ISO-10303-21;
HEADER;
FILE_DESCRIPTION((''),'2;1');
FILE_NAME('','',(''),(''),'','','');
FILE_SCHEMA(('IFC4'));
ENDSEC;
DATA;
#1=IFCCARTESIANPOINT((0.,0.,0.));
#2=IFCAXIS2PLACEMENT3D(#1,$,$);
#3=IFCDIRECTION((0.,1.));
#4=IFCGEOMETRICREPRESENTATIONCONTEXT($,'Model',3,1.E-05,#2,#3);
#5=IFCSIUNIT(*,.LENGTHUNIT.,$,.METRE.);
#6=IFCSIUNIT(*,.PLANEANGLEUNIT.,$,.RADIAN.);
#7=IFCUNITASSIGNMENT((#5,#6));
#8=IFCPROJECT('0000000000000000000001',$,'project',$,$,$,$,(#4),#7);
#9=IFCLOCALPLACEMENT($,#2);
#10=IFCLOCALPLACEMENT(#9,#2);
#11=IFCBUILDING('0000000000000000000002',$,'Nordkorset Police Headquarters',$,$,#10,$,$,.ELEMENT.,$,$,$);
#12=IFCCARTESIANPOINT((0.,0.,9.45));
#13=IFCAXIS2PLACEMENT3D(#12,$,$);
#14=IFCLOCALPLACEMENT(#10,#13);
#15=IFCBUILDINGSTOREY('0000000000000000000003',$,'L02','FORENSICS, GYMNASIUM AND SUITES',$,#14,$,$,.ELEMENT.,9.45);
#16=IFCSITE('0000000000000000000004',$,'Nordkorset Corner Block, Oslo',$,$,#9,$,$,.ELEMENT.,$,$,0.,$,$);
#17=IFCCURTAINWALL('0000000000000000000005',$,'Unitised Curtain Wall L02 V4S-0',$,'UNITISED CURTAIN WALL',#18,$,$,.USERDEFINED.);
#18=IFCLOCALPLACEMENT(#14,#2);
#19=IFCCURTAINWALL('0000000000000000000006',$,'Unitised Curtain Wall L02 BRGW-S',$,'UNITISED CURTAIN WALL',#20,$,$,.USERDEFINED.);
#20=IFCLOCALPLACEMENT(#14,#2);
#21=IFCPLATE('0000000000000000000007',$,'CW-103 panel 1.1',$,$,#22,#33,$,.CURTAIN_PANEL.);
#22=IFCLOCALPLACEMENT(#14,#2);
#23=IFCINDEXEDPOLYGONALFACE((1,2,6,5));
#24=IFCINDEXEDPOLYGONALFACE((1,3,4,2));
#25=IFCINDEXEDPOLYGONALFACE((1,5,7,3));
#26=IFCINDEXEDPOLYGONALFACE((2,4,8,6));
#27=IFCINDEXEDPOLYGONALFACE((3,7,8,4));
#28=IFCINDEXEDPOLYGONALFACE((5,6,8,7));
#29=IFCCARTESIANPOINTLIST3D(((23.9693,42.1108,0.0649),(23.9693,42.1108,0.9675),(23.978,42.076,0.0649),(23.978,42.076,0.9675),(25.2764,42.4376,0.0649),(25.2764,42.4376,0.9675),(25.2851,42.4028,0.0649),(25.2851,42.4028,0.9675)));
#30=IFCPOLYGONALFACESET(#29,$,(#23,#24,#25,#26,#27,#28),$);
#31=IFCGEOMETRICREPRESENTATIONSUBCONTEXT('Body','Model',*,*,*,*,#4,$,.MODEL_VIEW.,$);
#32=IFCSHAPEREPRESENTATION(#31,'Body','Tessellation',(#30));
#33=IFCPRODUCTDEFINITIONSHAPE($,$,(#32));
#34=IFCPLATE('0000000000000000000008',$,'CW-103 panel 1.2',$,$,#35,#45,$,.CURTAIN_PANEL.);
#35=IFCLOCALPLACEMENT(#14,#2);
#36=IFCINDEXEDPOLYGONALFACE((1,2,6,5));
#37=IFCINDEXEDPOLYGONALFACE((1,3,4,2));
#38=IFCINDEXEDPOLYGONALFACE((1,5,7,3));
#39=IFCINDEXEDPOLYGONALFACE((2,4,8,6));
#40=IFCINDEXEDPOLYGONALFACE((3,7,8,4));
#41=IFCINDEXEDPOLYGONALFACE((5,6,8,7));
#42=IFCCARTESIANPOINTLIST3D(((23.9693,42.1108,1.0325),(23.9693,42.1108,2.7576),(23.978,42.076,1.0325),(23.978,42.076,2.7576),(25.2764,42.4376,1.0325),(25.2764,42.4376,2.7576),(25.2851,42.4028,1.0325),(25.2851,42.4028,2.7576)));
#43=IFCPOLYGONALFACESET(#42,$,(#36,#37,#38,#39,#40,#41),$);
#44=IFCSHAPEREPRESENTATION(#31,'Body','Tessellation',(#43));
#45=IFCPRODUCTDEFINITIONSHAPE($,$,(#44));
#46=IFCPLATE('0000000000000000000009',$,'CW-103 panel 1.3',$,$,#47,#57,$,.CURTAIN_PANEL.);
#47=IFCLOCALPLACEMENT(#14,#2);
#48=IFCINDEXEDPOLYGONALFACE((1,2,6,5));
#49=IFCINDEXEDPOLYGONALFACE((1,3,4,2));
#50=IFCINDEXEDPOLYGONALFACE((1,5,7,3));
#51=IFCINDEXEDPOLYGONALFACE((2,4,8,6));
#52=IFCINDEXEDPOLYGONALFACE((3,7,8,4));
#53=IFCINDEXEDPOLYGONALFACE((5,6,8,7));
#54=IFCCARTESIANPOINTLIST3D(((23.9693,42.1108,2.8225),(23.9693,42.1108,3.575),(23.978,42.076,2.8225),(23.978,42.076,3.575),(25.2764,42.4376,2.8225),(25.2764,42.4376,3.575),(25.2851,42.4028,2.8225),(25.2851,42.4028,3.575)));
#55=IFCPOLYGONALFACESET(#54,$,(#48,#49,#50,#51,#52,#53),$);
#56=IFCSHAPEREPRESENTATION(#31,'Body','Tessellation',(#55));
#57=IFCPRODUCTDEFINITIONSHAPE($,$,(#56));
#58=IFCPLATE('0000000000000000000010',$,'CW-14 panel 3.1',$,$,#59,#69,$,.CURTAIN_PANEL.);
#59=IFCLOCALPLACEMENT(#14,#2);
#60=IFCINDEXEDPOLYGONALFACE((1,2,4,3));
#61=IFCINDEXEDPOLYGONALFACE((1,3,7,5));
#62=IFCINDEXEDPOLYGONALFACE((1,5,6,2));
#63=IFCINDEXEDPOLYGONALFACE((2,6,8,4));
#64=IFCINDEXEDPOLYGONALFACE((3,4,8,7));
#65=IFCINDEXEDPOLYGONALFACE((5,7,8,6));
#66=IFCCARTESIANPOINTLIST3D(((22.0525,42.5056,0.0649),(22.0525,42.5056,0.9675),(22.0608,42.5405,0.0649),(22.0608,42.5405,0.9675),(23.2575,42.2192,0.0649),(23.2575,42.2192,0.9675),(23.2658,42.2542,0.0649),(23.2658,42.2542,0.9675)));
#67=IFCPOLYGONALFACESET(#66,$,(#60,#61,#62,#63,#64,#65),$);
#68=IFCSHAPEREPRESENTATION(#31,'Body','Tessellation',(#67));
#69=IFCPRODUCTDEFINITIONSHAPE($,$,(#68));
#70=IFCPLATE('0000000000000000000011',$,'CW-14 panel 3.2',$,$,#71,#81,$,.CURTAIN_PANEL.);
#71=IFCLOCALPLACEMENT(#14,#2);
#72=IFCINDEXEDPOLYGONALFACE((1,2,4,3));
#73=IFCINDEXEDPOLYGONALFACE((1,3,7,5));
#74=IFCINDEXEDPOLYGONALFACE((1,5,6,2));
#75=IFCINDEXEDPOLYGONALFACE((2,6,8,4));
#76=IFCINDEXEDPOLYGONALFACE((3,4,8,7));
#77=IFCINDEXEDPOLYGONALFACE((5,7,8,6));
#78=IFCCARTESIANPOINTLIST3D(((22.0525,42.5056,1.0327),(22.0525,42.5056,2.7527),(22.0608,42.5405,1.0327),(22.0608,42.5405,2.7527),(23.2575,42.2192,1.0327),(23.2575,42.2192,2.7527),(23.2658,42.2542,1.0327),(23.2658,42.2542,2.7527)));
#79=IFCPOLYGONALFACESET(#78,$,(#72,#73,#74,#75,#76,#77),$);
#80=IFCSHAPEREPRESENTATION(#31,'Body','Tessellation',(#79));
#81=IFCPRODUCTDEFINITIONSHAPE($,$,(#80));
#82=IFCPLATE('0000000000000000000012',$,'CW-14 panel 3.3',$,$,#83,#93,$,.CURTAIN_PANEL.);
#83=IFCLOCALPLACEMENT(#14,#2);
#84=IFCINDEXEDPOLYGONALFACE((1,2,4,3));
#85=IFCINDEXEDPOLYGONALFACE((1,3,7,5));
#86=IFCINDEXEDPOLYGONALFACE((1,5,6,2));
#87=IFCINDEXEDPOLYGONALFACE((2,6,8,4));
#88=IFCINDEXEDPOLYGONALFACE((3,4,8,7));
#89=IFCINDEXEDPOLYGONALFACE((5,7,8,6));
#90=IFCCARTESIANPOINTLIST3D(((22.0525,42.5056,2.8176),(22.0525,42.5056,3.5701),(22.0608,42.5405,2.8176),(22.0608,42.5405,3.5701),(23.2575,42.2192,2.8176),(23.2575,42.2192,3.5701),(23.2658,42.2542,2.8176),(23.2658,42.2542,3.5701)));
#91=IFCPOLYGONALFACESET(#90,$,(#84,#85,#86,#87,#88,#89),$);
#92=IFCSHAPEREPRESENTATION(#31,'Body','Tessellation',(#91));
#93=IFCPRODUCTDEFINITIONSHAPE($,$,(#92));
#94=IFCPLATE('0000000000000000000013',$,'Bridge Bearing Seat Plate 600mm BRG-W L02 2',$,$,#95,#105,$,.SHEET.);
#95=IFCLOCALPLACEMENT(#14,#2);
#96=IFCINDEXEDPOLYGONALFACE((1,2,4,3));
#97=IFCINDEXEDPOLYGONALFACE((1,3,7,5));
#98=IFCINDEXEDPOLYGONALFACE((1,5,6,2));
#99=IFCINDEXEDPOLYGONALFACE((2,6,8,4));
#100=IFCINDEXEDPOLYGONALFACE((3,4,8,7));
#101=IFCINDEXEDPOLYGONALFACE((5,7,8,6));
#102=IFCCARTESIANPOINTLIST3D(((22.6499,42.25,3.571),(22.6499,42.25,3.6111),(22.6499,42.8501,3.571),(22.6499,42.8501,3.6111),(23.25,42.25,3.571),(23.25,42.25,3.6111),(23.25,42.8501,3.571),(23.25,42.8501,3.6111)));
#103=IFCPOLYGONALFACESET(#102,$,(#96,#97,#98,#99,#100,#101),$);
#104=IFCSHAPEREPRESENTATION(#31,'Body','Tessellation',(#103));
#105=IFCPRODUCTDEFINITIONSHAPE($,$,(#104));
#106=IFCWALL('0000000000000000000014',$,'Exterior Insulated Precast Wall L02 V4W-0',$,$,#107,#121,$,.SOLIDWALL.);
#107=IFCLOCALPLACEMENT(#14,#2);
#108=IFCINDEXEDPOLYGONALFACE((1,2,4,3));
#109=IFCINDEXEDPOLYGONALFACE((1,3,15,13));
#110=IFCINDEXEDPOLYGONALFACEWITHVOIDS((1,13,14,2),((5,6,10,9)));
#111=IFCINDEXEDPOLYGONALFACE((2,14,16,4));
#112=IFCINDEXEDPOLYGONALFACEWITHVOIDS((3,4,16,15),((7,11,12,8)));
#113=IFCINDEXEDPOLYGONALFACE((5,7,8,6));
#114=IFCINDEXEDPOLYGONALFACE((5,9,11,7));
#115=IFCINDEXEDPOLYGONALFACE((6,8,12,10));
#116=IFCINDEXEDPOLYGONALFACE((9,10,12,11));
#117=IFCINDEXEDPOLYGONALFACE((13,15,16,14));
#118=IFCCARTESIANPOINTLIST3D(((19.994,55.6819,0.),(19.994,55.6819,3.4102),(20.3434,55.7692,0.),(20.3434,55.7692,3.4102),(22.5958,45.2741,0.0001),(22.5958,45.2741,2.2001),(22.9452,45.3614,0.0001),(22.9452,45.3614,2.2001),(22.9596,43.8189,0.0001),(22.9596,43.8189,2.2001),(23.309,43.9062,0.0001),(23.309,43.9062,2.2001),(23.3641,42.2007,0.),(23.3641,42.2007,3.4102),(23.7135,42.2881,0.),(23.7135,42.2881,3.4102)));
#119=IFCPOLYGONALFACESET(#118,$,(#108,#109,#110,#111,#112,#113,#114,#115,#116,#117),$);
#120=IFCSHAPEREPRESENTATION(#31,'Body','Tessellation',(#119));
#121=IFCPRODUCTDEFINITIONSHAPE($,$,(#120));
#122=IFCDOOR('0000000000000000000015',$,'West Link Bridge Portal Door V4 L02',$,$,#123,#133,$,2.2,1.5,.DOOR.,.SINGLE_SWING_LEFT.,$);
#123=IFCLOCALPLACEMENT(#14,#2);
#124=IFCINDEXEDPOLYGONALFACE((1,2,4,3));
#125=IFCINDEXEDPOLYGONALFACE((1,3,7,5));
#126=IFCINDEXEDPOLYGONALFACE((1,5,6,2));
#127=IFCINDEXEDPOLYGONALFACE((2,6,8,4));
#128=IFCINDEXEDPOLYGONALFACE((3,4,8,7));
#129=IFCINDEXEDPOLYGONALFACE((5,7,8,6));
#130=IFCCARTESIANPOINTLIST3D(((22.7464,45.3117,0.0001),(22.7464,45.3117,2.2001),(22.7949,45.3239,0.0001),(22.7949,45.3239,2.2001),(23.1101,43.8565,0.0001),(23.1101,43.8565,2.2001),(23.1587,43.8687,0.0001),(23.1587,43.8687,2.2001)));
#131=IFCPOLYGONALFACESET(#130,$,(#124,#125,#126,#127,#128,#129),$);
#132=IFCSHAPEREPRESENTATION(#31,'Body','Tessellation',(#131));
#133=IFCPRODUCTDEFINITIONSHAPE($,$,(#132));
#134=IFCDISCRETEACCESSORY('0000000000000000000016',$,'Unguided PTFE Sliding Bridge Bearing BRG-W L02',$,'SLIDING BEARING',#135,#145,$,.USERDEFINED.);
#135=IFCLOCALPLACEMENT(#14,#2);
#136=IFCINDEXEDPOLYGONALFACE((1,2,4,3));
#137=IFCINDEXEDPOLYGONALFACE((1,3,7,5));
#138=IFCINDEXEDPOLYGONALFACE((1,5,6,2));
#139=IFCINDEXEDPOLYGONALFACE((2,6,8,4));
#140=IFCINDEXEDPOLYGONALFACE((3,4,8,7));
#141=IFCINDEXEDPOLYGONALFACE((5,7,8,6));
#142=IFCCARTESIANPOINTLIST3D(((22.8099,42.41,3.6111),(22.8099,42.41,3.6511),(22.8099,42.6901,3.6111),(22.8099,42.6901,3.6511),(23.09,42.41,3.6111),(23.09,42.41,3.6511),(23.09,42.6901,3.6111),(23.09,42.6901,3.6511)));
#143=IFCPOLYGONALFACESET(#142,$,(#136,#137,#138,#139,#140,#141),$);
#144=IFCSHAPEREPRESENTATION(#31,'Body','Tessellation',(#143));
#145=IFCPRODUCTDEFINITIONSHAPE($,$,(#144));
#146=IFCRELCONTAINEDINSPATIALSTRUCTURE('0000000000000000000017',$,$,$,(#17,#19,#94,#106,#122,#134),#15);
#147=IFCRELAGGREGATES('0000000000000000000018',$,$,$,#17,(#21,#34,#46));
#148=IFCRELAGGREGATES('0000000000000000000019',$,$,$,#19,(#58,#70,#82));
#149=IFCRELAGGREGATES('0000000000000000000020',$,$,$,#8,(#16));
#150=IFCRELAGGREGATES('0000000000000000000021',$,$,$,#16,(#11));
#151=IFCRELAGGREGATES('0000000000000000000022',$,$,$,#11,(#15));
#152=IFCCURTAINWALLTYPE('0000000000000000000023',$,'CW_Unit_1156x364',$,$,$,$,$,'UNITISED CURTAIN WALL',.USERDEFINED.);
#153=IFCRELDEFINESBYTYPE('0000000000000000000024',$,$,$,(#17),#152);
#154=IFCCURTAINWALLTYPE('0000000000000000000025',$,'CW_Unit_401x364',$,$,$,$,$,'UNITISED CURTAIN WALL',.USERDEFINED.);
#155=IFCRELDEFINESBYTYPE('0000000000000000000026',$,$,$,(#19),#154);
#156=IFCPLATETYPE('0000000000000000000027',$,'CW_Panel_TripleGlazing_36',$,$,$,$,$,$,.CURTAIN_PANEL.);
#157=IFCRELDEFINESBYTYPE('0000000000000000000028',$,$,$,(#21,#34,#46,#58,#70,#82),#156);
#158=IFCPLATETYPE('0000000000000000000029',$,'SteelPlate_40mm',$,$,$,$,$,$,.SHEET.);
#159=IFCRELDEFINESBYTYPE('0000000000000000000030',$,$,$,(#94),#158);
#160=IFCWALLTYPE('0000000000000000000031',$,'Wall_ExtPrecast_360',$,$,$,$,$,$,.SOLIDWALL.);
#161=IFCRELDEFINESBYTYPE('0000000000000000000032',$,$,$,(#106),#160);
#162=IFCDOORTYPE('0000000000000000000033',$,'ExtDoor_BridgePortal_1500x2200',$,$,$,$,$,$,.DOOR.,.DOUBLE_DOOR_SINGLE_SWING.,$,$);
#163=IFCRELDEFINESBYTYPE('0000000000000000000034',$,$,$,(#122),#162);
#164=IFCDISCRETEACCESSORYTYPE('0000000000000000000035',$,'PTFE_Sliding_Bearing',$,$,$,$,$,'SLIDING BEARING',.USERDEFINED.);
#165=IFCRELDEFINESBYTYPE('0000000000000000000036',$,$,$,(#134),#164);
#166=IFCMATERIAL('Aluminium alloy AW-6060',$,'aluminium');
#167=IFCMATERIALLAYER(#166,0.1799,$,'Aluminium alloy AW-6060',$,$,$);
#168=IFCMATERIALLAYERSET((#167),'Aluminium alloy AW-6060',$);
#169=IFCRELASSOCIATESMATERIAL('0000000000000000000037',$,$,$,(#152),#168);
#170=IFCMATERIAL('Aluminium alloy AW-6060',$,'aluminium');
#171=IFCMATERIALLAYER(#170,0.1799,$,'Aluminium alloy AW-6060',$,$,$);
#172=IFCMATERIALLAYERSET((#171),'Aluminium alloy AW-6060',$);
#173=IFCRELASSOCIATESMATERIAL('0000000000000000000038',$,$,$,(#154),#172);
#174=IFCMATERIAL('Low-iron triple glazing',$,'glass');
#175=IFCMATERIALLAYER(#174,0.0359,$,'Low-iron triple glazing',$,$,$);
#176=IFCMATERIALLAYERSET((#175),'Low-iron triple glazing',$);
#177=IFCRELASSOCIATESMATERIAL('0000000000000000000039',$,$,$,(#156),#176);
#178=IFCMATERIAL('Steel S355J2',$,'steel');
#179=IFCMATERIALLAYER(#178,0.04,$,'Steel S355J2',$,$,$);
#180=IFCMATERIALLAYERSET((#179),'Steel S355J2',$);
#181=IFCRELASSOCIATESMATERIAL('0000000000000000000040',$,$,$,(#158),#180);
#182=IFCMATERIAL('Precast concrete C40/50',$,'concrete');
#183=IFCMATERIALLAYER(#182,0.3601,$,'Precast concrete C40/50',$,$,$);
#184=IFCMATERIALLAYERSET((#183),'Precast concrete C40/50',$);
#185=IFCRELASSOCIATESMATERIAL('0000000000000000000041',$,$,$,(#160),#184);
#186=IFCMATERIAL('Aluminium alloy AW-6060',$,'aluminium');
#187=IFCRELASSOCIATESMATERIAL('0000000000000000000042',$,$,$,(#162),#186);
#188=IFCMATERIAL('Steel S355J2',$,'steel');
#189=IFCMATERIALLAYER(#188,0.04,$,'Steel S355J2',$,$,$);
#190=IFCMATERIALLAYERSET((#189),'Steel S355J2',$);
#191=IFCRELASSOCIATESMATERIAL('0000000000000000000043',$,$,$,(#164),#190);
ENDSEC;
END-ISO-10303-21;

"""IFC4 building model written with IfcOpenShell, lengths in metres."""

from ifc_helpers import new_model, si_unit, direction, frame, frame_2d, origin, origin_2d, place, context, subcontext, project, spatial, rectangle, extrude, material, layer, layer_set, type_object, element, fill, aggregate, save


model = new_model("IFC4")

# Units and contexts
model_context = context("Model", 3, precision=1e-05, world=origin(), true_north=direction((0.0, 1.0)))
body_context = subcontext(model_context, "Body", "Model", "MODEL_VIEW")
ifc_project = project(units=[si_unit("LENGTHUNIT", "METRE"), si_unit("PLANEANGLEUNIT", "RADIAN")], contexts=[model_context])

# Site, building, storey
site_placement = place(None, origin())
site = spatial("IfcSite", under=ifc_project, at=site_placement, Name="Nordkorset Corner Block, Oslo", CompositionType="ELEMENT", RefElevation=0.0)
building_placement = place(site_placement, origin())
building = spatial("IfcBuilding", under=site, at=building_placement, Name="Nordkorset Police Headquarters", CompositionType="ELEMENT")
storey_placement = place(building_placement, frame((0.0, 0.0, 9.45)))
storey = spatial("IfcBuildingStorey", under=building, at=storey_placement, Name="L02", Description="FORENSICS, GYMNASIUM AND SUITES", CompositionType="ELEMENT", Elevation=9.45)

# Curtain wall
ifc_material_1 = material(Name="Aluminium alloy AW-6060", Category="aluminium")
ifc_layer_1 = layer(ifc_material_1, 0.1799, Name="Aluminium alloy AW-6060")
ifc_layer_set_1 = layer_set([ifc_layer_1], Name="Aluminium alloy AW-6060")
curtain_wall_type_1 = type_object("IfcCurtainWallType", Name="CW_Unit_1156x364", ElementType="UNITISED CURTAIN WALL", PredefinedType="USERDEFINED", material=ifc_layer_set_1)
curtain_wall_1_placement = place(storey_placement, origin())
curtain_wall_1 = element("IfcCurtainWall", 1, at=curtain_wall_1_placement, inside=storey, type_object=curtain_wall_type_1, Name="Unitised Curtain Wall L02 V4S-0", ObjectType="UNITISED CURTAIN WALL", PredefinedType="USERDEFINED")

# Curtain wall
ifc_material_2 = material(Name="Aluminium alloy AW-6060", Category="aluminium")
ifc_layer_2 = layer(ifc_material_2, 0.1799, Name="Aluminium alloy AW-6060")
ifc_layer_set_2 = layer_set([ifc_layer_2], Name="Aluminium alloy AW-6060")
curtain_wall_type_2 = type_object("IfcCurtainWallType", Name="CW_Unit_401x364", ElementType="UNITISED CURTAIN WALL", PredefinedType="USERDEFINED", material=ifc_layer_set_2)
curtain_wall_2_placement = place(storey_placement, origin())
curtain_wall_2 = element("IfcCurtainWall", 2, at=curtain_wall_2_placement, inside=storey, type_object=curtain_wall_type_2, Name="Unitised Curtain Wall L02 BRGW-S", ObjectType="UNITISED CURTAIN WALL", PredefinedType="USERDEFINED")

# Plates
ifc_material_3 = material(Name="Low-iron triple glazing", Category="glass")
ifc_layer_3 = layer(ifc_material_3, 0.0359, Name="Low-iron triple glazing")
ifc_layer_set_3 = layer_set([ifc_layer_3], Name="Low-iron triple glazing")
plate_type_1 = type_object("IfcPlateType", Name="CW_Panel_TripleGlazing_36", PredefinedType="CURTAIN_PANEL", material=ifc_layer_set_3)
plate_1_placement = place(storey_placement, frame((24.6272, 42.2568, 0.0649), z_axis=(0.0, 0.0, 1.0), x_axis=(0.970143, 0.242536, 0.0)))
plate_1 = element("IfcPlate", 3, at=plate_1_placement, type_object=plate_type_1, Name="CW-103 panel 1.1", PredefinedType="CURTAIN_PANEL", context=body_context, shape_type="SweptSolid", body=[
    extrude(rectangle(XDim=1.3474, YDim=0.0359, at=origin_2d()), origin(), (0.0, 0.0, 1.0), 0.9026),
])
plate_2_placement = place(storey_placement, frame((24.6272, 42.2568, 1.0325), z_axis=(0.0, 0.0, 1.0), x_axis=(0.970143, 0.242536, 0.0)))
plate_2 = element("IfcPlate", 4, at=plate_2_placement, type_object=plate_type_1, Name="CW-103 panel 1.2", PredefinedType="CURTAIN_PANEL", context=body_context, shape_type="SweptSolid", body=[
    extrude(rectangle(XDim=1.3474, YDim=0.0359, at=origin_2d()), origin(), (0.0, 0.0, 1.0), 1.7251),
])
plate_3_placement = place(storey_placement, frame((24.6272, 42.2568, 2.8225), z_axis=(0.0, 0.0, 1.0), x_axis=(0.970143, 0.242536, 0.0)))
plate_3 = element("IfcPlate", 5, at=plate_3_placement, type_object=plate_type_1, Name="CW-103 panel 1.3", PredefinedType="CURTAIN_PANEL", context=body_context, shape_type="SweptSolid", body=[
    extrude(rectangle(XDim=1.3474, YDim=0.0359, at=origin_2d()), origin(), (0.0, 0.0, 1.0), 0.7524),
])
aggregate(curtain_wall_1, [plate_1, plate_2, plate_3])
plate_4_placement = place(storey_placement, frame((22.6592, 42.3799, 0.0649), z_axis=(0.0, 0.0, 1.0), x_axis=(0.972905, -0.231206, 0.0)))
plate_4 = element("IfcPlate", 6, at=plate_4_placement, type_object=plate_type_1, Name="CW-14 panel 3.1", PredefinedType="CURTAIN_PANEL", context=body_context, shape_type="SweptSolid", body=[
    extrude(rectangle(XDim=1.2385, YDim=0.0359, at=origin_2d()), origin(), (0.0, 0.0, 1.0), 0.9026),
])
plate_5_placement = place(storey_placement, frame((22.6592, 42.3799, 1.0327), z_axis=(0.0, 0.0, 1.0), x_axis=(0.972905, -0.231206, 0.0)))
plate_5 = element("IfcPlate", 7, at=plate_5_placement, type_object=plate_type_1, Name="CW-14 panel 3.2", PredefinedType="CURTAIN_PANEL", context=body_context, shape_type="SweptSolid", body=[
    extrude(rectangle(XDim=1.2385, YDim=0.0359, at=origin_2d()), origin(), (0.0, 0.0, 1.0), 1.72),
])
plate_6_placement = place(storey_placement, frame((22.6592, 42.3799, 2.8176), z_axis=(0.0, 0.0, 1.0), x_axis=(0.972905, -0.231206, 0.0)))
plate_6 = element("IfcPlate", 8, at=plate_6_placement, type_object=plate_type_1, Name="CW-14 panel 3.3", PredefinedType="CURTAIN_PANEL", context=body_context, shape_type="SweptSolid", body=[
    extrude(rectangle(XDim=1.2385, YDim=0.0359, at=origin_2d()), origin(), (0.0, 0.0, 1.0), 0.7524),
])
aggregate(curtain_wall_2, [plate_4, plate_5, plate_6])
ifc_material_4 = material(Name="Steel S355J2", Category="steel")
ifc_layer_4 = layer(ifc_material_4, 0.04, Name="Steel S355J2")
ifc_layer_set_4 = layer_set([ifc_layer_4], Name="Steel S355J2")
plate_type_2 = type_object("IfcPlateType", Name="SteelPlate_40mm", PredefinedType="SHEET", material=ifc_layer_set_4)
plate_7_placement = place(storey_placement, frame((22.95, 42.55, 3.571), z_axis=(0.0, 0.0, 1.0), x_axis=(1.0, 0.0, 0.0)))
element("IfcPlate", 9, at=plate_7_placement, inside=storey, type_object=plate_type_2, Name="Bridge Bearing Seat Plate 600mm BRG-W L02 2", PredefinedType="SHEET", context=body_context, shape_type="SweptSolid", body=[
    extrude(rectangle(XDim=0.6001, YDim=0.6001, at=origin_2d()), origin(), (0.0, 0.0, 1.0), 0.04),
])

# Wall, opening, door
ifc_material_5 = material(Name="Precast concrete C40/50", Category="concrete")
ifc_layer_5 = layer(ifc_material_5, 0.3601, Name="Precast concrete C40/50")
ifc_layer_set_5 = layer_set([ifc_layer_5], Name="Precast concrete C40/50")
wall_type = type_object("IfcWallType", Name="Wall_ExtPrecast_360", PredefinedType="SOLIDWALL", material=ifc_layer_set_5)
wall_placement = place(storey_placement, frame((23.5388, 42.2444, 0.0), z_axis=(0.0, 0.0, 1.0), x_axis=(-0.242523, 0.970146, 0.0)))
wall = element("IfcWall", 10, at=wall_placement, inside=storey, type_object=wall_type, Name="Exterior Insulated Precast Wall L02 V4W-0", PredefinedType="SOLIDWALL", context=body_context, shape_type="SweptSolid", body=[
    extrude(rectangle(XDim=13.896, YDim=0.3601, at=frame_2d((6.948, 0.0))), origin(), (0.0, 0.0, 1.0), 3.4102),
])
opening_placement = place(wall_placement, frame((1.668, 0.0, 0.0)))
opening = element("IfcOpeningElement", 11, at=opening_placement, cuts=wall, PredefinedType="OPENING", context=body_context, shape_type="SweptSolid", body=[
    extrude(rectangle(XDim=1.5, YDim=2.2, at=frame_2d((0.75, 1.1001))), frame((0.0, 0.1899, 0.0), z_axis=(0.0, -1.0, 0.0), x_axis=(1.0, 0.0, 0.0)), (0.0, 0.0, 1.0), 0.3801),
])
ifc_material_6 = material(Name="Aluminium alloy AW-6060", Category="aluminium")
door_type = type_object("IfcDoorType", Name="ExtDoor_BridgePortal_1500x2200", OperationType="DOUBLE_DOOR_SINGLE_SWING", PredefinedType="DOOR", material=ifc_material_6)
door_placement = place(opening_placement, origin())
door = element("IfcDoor", 12, at=door_placement, inside=storey, type_object=door_type, Name="West Link Bridge Portal Door V4 L02", OperationType="SINGLE_SWING_LEFT", OverallHeight=2.2, OverallWidth=1.5, PredefinedType="DOOR", context=body_context, shape_type="SweptSolid", body=[
    extrude(rectangle(XDim=1.5, YDim=2.2, at=frame_2d((0.75, 1.1001))), frame((0.0, 0.0249, 0.0), z_axis=(0.0, -1.0, 0.0), x_axis=(1.0, 0.0, 0.0)), (0.0, 0.0, 1.0), 0.05),
])
fill(opening, door)

# Discrete accessory
ifc_material_7 = material(Name="Steel S355J2", Category="steel")
ifc_layer_6 = layer(ifc_material_7, 0.04, Name="Steel S355J2")
ifc_layer_set_6 = layer_set([ifc_layer_6], Name="Steel S355J2")
discrete_accessory_type = type_object("IfcDiscreteAccessoryType", Name="PTFE_Sliding_Bearing", ElementType="SLIDING BEARING", PredefinedType="USERDEFINED", material=ifc_layer_set_6)
discrete_accessory_placement = place(storey_placement, frame((22.95, 42.55, 3.6111), z_axis=(0.0, 0.0, 1.0), x_axis=(1.0, 0.0, 0.0)))
element("IfcDiscreteAccessory", 13, at=discrete_accessory_placement, inside=storey, type_object=discrete_accessory_type, Name="Unguided PTFE Sliding Bridge Bearing BRG-W L02", ObjectType="SLIDING BEARING", PredefinedType="USERDEFINED", context=body_context, shape_type="SweptSolid", body=[
    extrude(rectangle(XDim=0.28, YDim=0.28, at=origin_2d()), origin(), (0.0, 0.0, 1.0), 0.04),
])

save(model, "model.ifc")
